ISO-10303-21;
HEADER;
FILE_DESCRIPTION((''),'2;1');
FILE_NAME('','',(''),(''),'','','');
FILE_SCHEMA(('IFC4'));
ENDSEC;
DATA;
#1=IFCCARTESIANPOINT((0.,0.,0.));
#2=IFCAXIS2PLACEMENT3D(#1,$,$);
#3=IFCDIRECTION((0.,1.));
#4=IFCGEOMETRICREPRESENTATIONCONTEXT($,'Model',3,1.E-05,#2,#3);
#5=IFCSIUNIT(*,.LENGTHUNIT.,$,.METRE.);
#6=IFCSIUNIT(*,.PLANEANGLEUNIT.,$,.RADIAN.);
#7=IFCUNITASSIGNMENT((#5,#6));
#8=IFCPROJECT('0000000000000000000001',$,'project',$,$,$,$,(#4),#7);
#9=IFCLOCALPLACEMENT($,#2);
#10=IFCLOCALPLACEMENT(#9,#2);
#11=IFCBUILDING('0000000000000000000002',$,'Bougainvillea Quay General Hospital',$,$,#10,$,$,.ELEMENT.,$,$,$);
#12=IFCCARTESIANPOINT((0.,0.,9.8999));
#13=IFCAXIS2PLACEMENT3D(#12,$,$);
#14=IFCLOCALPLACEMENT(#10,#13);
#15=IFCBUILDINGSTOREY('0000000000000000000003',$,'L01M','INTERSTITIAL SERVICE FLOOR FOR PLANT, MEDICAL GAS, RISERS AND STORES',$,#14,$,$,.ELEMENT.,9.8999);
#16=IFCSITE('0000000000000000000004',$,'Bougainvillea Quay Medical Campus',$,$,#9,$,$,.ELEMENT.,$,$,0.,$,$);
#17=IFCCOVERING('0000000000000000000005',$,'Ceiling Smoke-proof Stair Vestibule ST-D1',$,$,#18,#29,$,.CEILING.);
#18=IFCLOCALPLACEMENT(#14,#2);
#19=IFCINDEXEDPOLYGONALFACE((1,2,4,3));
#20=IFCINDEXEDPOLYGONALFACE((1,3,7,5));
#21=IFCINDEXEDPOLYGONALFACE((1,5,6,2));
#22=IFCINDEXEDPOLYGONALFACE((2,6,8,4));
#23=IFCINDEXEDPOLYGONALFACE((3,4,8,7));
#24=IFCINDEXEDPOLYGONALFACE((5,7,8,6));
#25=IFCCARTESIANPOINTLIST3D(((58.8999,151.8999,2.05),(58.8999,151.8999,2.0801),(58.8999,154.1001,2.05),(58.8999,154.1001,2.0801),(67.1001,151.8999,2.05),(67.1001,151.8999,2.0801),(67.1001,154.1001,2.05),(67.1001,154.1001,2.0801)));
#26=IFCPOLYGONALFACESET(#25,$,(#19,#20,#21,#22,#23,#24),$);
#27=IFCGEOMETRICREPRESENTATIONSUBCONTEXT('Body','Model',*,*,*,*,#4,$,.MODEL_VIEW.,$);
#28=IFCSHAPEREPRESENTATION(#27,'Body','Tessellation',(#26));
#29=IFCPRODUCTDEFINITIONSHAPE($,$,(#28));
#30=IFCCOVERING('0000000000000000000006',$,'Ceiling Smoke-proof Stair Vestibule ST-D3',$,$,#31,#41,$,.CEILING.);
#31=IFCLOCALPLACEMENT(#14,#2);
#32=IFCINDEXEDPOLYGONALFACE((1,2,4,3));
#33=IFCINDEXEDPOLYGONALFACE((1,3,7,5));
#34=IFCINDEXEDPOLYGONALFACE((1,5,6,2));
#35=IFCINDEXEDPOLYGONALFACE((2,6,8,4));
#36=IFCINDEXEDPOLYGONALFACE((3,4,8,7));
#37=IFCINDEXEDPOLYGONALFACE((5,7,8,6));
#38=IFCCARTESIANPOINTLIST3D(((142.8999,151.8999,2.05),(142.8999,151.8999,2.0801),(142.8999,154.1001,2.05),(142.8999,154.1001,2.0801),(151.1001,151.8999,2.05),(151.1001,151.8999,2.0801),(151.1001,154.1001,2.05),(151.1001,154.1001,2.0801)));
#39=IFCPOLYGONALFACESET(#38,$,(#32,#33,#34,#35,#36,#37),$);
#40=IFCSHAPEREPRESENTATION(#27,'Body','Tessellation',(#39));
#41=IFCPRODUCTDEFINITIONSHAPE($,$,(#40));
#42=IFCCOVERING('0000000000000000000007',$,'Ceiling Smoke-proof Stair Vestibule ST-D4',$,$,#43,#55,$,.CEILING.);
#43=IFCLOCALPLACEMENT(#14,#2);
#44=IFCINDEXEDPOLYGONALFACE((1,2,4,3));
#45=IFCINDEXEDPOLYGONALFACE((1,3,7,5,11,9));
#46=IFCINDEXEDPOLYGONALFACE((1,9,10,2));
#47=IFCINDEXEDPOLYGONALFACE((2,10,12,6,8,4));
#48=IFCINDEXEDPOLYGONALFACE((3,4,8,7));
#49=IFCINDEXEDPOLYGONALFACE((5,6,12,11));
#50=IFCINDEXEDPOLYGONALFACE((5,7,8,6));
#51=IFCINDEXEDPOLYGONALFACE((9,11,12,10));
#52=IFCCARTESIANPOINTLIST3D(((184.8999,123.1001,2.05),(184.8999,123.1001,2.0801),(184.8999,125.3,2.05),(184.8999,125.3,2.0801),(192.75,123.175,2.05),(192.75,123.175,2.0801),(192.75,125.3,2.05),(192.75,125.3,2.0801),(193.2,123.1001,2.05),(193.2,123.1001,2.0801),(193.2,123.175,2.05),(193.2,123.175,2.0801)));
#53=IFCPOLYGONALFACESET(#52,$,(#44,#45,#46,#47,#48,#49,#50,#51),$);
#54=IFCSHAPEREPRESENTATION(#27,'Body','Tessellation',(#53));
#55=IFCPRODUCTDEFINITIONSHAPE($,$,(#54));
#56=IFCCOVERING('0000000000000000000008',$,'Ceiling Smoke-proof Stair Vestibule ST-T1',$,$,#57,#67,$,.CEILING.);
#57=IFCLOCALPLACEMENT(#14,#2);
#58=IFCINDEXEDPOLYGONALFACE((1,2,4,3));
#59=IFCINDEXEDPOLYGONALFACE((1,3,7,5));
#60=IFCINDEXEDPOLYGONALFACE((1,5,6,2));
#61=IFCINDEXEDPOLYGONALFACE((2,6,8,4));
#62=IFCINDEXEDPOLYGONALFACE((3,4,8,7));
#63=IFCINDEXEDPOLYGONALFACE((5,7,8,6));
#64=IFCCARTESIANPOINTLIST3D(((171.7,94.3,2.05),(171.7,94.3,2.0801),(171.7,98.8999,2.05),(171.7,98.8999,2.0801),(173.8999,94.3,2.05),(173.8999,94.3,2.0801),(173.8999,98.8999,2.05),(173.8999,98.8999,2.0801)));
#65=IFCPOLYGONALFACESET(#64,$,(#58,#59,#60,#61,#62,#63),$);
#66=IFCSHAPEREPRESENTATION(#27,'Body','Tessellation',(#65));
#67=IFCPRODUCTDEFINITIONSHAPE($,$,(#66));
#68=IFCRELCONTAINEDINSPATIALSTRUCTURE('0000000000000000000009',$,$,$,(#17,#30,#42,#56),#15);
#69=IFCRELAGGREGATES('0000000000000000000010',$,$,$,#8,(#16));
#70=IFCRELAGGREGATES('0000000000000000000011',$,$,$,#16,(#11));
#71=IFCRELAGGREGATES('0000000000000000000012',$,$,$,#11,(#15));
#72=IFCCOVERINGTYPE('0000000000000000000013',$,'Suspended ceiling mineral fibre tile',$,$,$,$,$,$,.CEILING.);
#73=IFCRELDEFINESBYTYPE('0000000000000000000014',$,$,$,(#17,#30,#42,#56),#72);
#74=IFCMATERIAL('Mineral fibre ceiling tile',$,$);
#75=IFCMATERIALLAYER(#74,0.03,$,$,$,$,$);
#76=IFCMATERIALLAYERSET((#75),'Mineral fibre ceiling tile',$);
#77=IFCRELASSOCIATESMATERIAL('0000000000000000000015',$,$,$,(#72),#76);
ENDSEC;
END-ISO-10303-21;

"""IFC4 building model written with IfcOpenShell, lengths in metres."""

from ifc_helpers import new_model, si_unit, direction, frame, origin, place, context, subcontext, project, spatial, polyline, outline, extrude, material, layer, layer_set, type_object, element, save


model = new_model("IFC4")

# Units and contexts
model_context = context("Model", 3, precision=1e-05, world=origin(), true_north=direction((0.0, 1.0)))
body_context = subcontext(model_context, "Body", "Model", "MODEL_VIEW")
ifc_project = project(units=[si_unit("LENGTHUNIT", "METRE"), si_unit("PLANEANGLEUNIT", "RADIAN")], contexts=[model_context])

# Site, building, storey
site_placement = place(None, origin())
site = spatial("IfcSite", under=ifc_project, at=site_placement, Name="Bougainvillea Quay Medical Campus", CompositionType="ELEMENT", RefElevation=0.0)
building_placement = place(site_placement, origin())
building = spatial("IfcBuilding", under=site, at=building_placement, Name="Bougainvillea Quay General Hospital", CompositionType="ELEMENT")
storey_placement = place(building_placement, frame((0.0, 0.0, 9.8999)))
storey = spatial("IfcBuildingStorey", under=building, at=storey_placement, Name="L01M", Description="INTERSTITIAL SERVICE FLOOR FOR PLANT, MEDICAL GAS, RISERS AND STORES", CompositionType="ELEMENT", Elevation=9.8999)

# Coverings
ifc_material = material(Name="Mineral fibre ceiling tile")
ifc_layer = layer(ifc_material, 0.03)
ifc_layer_set = layer_set([ifc_layer], Name="Mineral fibre ceiling tile")
covering_type = type_object("IfcCoveringType", Name="Suspended ceiling mineral fibre tile", PredefinedType="CEILING", material=ifc_layer_set)
covering_1_placement = place(storey_placement, frame((0.0, 0.0, 2.05)))
element("IfcCovering", 1, at=covering_1_placement, inside=storey, type_object=covering_type, Name="Ceiling Smoke-proof Stair Vestibule ST-D1", PredefinedType="CEILING", context=body_context, shape_type="SweptSolid", body=[
    extrude(outline(polyline([(58.8999, 154.1001), (58.8999, 151.8999), (67.1001, 151.8999), (67.1001, 154.1001), (58.8999, 154.1001)])), origin(), (0.0, 0.0, 1.0), 0.03),
])
covering_2_placement = place(storey_placement, frame((0.0, 0.0, 2.05)))
element("IfcCovering", 2, at=covering_2_placement, inside=storey, type_object=covering_type, Name="Ceiling Smoke-proof Stair Vestibule ST-D3", PredefinedType="CEILING", context=body_context, shape_type="SweptSolid", body=[
    extrude(outline(polyline([(142.8999, 151.8999), (151.1001, 151.8999), (151.1001, 154.1001), (142.8999, 154.1001), (142.8999, 151.8999)])), origin(), (0.0, 0.0, 1.0), 0.03),
])
covering_3_placement = place(storey_placement, frame((0.0, 0.0, 2.05)))
element("IfcCovering", 3, at=covering_3_placement, inside=storey, type_object=covering_type, Name="Ceiling Smoke-proof Stair Vestibule ST-D4", PredefinedType="CEILING", context=body_context, shape_type="SweptSolid", body=[
    extrude(outline(polyline([(193.2, 123.1001), (193.2, 123.175), (192.75, 123.175), (192.75, 125.3), (184.8999, 125.3), (184.8999, 123.1001), (193.2, 123.1001)])), origin(), (0.0, 0.0, 1.0), 0.03),
])
covering_4_placement = place(storey_placement, frame((0.0, 0.0, 2.05)))
element("IfcCovering", 4, at=covering_4_placement, inside=storey, type_object=covering_type, Name="Ceiling Smoke-proof Stair Vestibule ST-T1", PredefinedType="CEILING", context=body_context, shape_type="SweptSolid", body=[
    extrude(outline(polyline([(173.8999, 94.3), (173.8999, 98.8999), (171.7, 98.8999), (171.7, 94.3), (173.8999, 94.3)])), origin(), (0.0, 0.0, 1.0), 0.03),
])

save(model, "model.ifc")
